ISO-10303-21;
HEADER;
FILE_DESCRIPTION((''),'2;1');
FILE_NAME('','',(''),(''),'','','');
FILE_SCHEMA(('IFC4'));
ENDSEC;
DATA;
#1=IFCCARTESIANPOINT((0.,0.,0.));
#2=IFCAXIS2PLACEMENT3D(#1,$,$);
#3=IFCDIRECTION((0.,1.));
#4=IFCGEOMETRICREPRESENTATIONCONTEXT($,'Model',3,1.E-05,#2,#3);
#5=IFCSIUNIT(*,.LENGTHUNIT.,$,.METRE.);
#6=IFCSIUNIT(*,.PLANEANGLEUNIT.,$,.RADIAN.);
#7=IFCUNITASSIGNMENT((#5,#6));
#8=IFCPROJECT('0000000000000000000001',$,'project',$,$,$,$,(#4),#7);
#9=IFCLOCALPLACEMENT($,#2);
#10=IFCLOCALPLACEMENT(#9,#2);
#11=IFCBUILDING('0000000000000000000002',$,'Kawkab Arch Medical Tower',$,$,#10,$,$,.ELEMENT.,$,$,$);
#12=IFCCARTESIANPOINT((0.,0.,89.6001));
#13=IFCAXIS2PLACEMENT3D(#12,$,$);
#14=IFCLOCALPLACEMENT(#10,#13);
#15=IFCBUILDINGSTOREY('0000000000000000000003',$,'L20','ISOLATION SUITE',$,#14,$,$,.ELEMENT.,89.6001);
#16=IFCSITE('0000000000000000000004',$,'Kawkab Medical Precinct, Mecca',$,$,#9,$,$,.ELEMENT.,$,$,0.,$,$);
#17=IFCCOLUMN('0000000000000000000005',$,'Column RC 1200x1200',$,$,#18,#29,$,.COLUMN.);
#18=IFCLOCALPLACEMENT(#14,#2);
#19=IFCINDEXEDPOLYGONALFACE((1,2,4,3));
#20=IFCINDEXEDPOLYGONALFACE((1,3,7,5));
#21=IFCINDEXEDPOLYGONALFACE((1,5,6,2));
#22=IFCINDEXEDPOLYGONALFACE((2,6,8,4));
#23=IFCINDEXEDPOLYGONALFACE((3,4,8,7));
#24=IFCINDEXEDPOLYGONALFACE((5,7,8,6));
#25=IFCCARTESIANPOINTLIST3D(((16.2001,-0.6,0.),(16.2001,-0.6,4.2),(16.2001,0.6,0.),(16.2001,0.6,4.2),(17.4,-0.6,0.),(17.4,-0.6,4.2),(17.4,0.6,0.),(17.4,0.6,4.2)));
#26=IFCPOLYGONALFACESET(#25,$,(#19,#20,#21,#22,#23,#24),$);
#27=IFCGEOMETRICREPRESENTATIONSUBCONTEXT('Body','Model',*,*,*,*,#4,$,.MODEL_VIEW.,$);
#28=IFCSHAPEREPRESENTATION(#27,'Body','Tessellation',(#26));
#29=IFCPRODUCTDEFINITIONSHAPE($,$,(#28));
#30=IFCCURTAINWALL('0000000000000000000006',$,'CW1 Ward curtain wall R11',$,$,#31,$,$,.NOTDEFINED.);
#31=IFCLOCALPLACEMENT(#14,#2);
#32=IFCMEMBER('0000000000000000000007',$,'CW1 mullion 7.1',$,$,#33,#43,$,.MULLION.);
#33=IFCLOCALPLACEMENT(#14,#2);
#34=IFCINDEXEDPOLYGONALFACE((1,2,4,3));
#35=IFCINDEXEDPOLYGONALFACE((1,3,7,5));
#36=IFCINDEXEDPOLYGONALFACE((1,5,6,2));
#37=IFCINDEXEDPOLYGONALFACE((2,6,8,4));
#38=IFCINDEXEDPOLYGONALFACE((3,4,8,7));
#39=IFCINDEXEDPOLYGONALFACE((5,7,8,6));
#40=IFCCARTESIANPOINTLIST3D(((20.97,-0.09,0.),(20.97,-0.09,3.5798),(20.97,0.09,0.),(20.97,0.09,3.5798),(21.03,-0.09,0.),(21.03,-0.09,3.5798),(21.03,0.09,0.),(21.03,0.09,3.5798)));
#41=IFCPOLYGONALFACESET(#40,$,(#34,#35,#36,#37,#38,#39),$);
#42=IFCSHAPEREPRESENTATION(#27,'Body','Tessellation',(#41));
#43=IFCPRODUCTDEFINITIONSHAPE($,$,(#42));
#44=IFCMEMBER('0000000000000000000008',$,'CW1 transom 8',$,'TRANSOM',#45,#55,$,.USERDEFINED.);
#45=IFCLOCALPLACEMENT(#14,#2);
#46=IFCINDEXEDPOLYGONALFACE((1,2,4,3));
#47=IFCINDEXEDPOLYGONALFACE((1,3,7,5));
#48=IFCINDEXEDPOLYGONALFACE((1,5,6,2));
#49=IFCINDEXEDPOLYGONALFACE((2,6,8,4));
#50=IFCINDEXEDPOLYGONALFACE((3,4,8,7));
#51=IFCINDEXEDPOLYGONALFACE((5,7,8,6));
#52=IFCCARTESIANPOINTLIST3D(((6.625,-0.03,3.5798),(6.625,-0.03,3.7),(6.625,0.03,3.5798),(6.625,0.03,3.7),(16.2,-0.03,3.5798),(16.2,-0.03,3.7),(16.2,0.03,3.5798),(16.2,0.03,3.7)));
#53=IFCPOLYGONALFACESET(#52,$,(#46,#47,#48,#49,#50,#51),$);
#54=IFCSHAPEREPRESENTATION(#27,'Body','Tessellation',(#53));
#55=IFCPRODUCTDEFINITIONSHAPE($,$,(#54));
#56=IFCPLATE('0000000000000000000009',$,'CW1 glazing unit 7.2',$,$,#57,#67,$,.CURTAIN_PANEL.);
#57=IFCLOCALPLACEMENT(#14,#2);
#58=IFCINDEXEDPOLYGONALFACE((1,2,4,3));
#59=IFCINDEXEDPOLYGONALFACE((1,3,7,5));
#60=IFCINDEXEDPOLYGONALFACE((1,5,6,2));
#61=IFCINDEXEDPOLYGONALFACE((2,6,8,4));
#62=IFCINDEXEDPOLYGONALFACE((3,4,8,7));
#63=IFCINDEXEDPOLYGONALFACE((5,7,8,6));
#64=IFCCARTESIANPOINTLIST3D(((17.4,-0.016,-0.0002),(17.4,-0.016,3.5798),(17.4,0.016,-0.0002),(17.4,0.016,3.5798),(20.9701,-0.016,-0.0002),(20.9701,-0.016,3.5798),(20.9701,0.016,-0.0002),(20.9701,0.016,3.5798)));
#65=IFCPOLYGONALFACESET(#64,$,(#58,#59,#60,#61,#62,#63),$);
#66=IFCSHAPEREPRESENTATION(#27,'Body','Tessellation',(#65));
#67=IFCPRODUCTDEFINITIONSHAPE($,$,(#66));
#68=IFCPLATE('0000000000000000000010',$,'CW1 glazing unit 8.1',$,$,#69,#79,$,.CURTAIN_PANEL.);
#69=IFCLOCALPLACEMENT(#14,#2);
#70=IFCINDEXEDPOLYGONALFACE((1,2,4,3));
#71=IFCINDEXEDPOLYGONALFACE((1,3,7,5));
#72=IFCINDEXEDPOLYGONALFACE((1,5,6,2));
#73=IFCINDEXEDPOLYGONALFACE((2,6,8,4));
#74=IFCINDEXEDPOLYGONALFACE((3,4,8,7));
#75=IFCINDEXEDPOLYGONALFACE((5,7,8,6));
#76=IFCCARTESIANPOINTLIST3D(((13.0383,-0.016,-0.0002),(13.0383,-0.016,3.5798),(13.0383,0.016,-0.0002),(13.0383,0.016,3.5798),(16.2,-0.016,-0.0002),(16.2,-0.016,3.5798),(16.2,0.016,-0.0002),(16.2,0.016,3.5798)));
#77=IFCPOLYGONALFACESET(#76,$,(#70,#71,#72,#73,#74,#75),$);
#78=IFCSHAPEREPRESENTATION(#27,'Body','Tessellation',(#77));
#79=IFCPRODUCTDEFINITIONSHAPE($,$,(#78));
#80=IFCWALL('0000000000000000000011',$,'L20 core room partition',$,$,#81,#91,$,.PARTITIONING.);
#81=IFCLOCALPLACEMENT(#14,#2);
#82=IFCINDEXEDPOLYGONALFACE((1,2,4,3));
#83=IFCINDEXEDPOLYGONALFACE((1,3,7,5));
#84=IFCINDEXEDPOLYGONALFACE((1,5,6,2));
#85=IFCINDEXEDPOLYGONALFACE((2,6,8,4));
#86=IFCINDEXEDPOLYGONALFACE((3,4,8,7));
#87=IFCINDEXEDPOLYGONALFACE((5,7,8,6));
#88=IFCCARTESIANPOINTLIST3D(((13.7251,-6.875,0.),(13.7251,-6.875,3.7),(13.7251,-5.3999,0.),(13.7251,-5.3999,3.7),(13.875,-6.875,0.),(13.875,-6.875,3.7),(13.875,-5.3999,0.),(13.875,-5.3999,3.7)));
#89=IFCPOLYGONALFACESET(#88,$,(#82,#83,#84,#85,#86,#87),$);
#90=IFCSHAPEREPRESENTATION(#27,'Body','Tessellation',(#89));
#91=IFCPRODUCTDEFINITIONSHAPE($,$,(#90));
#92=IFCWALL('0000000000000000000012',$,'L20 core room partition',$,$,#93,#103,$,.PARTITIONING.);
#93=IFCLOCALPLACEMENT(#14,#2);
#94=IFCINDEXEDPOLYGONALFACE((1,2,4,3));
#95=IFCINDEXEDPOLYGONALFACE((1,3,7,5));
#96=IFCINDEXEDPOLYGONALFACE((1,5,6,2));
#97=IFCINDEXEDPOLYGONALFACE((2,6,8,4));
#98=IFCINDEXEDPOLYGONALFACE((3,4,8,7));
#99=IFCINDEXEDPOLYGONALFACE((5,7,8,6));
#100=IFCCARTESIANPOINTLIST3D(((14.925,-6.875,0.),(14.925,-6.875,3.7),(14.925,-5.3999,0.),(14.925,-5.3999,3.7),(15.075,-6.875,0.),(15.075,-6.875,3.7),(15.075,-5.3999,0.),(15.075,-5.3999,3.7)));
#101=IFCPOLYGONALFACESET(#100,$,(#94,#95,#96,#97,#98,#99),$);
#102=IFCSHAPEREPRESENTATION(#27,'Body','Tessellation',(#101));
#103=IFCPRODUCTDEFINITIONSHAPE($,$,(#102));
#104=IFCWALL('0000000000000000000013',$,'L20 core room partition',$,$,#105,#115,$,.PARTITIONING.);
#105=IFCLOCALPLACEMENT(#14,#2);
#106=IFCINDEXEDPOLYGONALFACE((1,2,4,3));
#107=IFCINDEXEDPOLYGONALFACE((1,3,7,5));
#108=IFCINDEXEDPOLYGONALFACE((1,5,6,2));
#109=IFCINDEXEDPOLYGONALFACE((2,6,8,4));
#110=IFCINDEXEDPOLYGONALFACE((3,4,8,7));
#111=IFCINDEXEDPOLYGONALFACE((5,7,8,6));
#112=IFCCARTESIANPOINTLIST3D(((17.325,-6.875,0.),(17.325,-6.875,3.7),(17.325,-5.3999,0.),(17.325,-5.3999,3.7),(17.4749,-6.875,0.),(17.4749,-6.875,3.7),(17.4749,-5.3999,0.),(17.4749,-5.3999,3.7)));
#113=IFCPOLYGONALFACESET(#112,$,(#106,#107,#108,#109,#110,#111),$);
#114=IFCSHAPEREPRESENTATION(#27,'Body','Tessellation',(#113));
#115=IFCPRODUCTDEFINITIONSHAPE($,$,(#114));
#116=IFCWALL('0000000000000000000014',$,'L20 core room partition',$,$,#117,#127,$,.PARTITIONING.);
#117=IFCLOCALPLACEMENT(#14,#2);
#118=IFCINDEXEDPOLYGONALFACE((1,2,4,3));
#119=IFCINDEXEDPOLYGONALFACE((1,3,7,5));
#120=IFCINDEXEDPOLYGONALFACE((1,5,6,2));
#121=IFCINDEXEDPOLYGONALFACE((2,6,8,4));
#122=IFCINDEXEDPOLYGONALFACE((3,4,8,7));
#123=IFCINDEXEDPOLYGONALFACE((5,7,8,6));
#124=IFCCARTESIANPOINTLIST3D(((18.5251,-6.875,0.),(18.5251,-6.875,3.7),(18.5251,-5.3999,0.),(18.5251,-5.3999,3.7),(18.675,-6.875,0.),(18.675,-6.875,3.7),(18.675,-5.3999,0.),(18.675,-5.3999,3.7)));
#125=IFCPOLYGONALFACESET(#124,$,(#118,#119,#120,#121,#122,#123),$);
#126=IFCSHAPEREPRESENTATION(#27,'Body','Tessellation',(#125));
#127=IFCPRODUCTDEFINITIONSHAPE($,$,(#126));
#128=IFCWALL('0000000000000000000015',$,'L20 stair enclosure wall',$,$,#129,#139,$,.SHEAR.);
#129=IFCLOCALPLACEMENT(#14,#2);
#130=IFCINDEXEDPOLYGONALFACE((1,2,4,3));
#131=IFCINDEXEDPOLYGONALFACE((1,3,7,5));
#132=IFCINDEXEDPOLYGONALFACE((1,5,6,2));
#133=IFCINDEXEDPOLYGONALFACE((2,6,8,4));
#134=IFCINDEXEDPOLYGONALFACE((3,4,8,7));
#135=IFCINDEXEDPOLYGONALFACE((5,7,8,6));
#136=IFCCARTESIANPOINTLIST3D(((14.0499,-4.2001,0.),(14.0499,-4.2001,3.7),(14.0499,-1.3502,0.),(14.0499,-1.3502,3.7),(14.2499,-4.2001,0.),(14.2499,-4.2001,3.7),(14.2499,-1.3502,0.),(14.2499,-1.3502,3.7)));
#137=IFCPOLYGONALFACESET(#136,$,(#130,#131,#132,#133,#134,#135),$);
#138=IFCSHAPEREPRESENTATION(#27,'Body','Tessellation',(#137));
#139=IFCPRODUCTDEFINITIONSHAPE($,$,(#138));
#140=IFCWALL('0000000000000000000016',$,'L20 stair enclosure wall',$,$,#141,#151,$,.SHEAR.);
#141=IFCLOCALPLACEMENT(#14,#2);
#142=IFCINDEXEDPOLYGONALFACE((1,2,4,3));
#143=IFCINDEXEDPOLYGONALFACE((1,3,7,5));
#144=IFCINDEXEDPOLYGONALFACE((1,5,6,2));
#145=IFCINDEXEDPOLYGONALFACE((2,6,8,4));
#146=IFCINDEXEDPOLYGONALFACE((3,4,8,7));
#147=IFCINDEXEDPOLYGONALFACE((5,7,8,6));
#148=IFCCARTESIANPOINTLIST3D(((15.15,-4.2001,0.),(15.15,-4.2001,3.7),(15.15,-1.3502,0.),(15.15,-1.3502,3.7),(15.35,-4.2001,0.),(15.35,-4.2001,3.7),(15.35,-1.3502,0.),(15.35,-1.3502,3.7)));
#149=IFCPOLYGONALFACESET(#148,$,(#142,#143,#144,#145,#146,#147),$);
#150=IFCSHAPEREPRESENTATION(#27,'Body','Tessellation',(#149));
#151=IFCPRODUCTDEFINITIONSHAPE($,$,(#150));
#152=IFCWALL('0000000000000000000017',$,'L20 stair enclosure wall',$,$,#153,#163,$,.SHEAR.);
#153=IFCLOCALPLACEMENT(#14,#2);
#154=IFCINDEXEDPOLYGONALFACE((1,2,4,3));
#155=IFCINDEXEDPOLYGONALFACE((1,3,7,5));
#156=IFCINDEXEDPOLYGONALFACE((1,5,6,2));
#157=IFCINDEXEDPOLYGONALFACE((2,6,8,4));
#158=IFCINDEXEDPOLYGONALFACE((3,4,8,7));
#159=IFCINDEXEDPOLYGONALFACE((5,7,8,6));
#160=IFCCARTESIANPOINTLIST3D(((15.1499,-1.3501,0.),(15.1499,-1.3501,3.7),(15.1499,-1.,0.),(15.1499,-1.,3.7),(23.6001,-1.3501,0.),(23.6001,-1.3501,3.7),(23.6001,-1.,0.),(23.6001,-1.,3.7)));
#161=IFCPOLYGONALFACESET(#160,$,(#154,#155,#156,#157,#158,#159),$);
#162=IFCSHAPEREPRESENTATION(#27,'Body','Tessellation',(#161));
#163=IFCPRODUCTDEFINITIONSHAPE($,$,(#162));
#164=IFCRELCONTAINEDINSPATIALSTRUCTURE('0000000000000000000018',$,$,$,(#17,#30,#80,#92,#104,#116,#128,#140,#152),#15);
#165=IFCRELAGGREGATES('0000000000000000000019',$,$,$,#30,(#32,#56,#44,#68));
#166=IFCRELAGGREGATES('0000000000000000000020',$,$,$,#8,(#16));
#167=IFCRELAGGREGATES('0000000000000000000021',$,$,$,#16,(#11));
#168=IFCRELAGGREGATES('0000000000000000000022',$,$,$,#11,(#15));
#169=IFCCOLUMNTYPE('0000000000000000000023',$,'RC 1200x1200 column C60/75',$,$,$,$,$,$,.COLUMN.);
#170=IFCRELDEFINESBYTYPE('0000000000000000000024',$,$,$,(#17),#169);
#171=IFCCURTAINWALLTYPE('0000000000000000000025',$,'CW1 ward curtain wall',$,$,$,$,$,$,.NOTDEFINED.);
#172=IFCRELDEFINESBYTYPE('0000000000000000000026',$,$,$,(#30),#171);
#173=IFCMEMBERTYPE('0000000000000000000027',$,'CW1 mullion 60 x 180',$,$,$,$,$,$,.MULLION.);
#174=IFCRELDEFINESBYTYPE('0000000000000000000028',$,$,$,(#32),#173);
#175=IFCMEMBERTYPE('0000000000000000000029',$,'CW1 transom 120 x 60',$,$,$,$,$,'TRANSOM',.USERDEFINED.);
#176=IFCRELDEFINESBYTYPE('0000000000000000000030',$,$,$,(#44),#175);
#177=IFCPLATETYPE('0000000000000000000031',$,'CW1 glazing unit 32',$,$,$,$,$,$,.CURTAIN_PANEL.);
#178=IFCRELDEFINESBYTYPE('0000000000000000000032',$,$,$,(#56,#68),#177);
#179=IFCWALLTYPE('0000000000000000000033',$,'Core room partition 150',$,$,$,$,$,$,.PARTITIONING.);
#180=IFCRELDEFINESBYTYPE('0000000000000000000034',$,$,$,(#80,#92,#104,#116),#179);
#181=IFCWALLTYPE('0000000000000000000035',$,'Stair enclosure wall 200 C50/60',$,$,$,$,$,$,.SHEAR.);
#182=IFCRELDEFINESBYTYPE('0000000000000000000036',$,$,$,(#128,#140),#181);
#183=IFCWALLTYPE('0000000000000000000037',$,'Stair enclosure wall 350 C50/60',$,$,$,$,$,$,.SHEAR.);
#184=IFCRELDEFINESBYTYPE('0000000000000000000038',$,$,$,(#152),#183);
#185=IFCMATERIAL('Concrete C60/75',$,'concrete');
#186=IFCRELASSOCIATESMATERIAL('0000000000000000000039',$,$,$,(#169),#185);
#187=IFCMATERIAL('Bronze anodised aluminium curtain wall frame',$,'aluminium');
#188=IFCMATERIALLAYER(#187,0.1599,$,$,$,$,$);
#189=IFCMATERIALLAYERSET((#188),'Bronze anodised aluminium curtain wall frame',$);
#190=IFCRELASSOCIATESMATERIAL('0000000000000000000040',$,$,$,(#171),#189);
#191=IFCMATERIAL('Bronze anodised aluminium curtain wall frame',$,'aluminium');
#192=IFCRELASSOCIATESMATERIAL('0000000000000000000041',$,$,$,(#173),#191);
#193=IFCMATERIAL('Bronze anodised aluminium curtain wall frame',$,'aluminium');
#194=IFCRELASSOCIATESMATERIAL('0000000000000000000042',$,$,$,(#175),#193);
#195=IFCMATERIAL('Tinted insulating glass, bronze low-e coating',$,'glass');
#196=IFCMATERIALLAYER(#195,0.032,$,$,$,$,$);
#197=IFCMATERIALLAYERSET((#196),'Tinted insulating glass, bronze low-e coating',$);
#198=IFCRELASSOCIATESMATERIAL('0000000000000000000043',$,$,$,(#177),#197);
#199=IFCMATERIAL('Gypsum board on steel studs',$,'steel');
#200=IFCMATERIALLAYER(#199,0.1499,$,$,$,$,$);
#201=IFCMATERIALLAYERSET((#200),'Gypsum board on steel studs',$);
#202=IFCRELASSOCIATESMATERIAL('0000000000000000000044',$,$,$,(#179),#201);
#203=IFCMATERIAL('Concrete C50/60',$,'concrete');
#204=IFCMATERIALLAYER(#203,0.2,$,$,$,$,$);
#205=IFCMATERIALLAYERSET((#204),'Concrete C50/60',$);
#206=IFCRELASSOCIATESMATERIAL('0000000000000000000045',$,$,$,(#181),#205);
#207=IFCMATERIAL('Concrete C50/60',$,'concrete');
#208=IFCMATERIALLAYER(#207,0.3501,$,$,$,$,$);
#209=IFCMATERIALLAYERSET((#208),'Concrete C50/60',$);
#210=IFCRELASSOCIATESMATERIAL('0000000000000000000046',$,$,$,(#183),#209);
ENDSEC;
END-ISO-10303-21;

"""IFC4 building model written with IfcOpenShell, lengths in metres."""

from ifc_helpers import new_model, si_unit, direction, frame, frame_2d, origin, origin_2d, place, context, subcontext, project, spatial, rectangle, extrude, material, layer, layer_set, material_profile, profile_set, type_object, element, aggregate, save


model = new_model("IFC4")

# Units and contexts
model_context = context("Model", 3, precision=1e-05, world=origin(), true_north=direction((0.0, 1.0)))
body_context = subcontext(model_context, "Body", "Model", "MODEL_VIEW")
ifc_project = project(units=[si_unit("LENGTHUNIT", "METRE"), si_unit("PLANEANGLEUNIT", "RADIAN")], contexts=[model_context])

# Site, building, storey
site_placement = place(None, origin())
site = spatial("IfcSite", under=ifc_project, at=site_placement, Name="Kawkab Medical Precinct, Mecca", CompositionType="ELEMENT", RefElevation=0.0)
building_placement = place(site_placement, origin())
building = spatial("IfcBuilding", under=site, at=building_placement, Name="Kawkab Arch Medical Tower", CompositionType="ELEMENT")
storey_placement = place(building_placement, frame((0.0, 0.0, 89.6001)))
storey = spatial("IfcBuildingStorey", under=building, at=storey_placement, Name="L20", Description="ISOLATION SUITE", CompositionType="ELEMENT", Elevation=89.6001)

# Column
ifc_material_1 = material(Name="Concrete C60/75", Category="concrete")
ifc_material_profile_1 = material_profile(ifc_material_1, rectangle(XDim=1.2, YDim=1.2, at=origin_2d()), Name="RC 1200x1200")
ifc_profile_set_1 = profile_set([ifc_material_profile_1], Name="Concrete C60/75")
column_type = type_object("IfcColumnType", Name="RC 1200x1200 column C60/75", PredefinedType="COLUMN", material=ifc_profile_set_1)
column_placement = place(storey_placement, frame((16.8, 0.0, 0.0), z_axis=(0.0, 0.0, 1.0), x_axis=(1.0, 0.0, 0.0)))
element("IfcColumn", 1, at=column_placement, inside=storey, type_object=column_type, Name="Column RC 1200x1200", PredefinedType="COLUMN", context=body_context, shape_type="SweptSolid", body=[
    extrude(rectangle(XDim=1.2, YDim=1.2, at=origin_2d()), origin(), (0.0, 0.0, 1.0), 4.2),
])

# Curtain wall, members, plates
ifc_material_2 = material(Name="Bronze anodised aluminium curtain wall frame", Category="aluminium")
ifc_layer_1 = layer(ifc_material_2, 0.1599)
ifc_layer_set_1 = layer_set([ifc_layer_1], Name="Bronze anodised aluminium curtain wall frame")
curtain_wall_type = type_object("IfcCurtainWallType", Name="CW1 ward curtain wall", PredefinedType="NOTDEFINED", material=ifc_layer_set_1)
placement = place(storey_placement, origin())
curtain_wall = element("IfcCurtainWall", 2, at=placement, inside=storey, type_object=curtain_wall_type, Name="CW1 Ward curtain wall R11", PredefinedType="NOTDEFINED")
ifc_material_3 = material(Name="Bronze anodised aluminium curtain wall frame", Category="aluminium")
ifc_material_profile_2 = material_profile(ifc_material_3, rectangle(XDim=0.1799, YDim=0.0601, at=origin_2d()), Name="AL 60x180")
ifc_profile_set_2 = profile_set([ifc_material_profile_2], Name="Bronze anodised aluminium curtain wall frame")
member_type_1 = type_object("IfcMemberType", Name="CW1 mullion 60 x 180", PredefinedType="MULLION", material=ifc_profile_set_2)
member_1_placement = place(storey_placement, frame((21.0, 0.0, 0.0), z_axis=(0.0, 0.0, 1.0), x_axis=(0.0, -1.0, 0.0)))
member_1 = element("IfcMember", 3, at=member_1_placement, type_object=member_type_1, Name="CW1 mullion 7.1", PredefinedType="MULLION", context=body_context, shape_type="SweptSolid", body=[
    extrude(rectangle(XDim=0.1799, YDim=0.0601, at=origin_2d()), origin(), (0.0, 0.0, 1.0), 3.5798),
])
ifc_material_4 = material(Name="Bronze anodised aluminium curtain wall frame", Category="aluminium")
ifc_material_profile_3 = material_profile(ifc_material_4, rectangle(XDim=0.0601, YDim=0.1201, at=origin_2d()), Name="AL 60x120")
ifc_profile_set_3 = profile_set([ifc_material_profile_3], Name="Bronze anodised aluminium curtain wall frame")
member_type_2 = type_object("IfcMemberType", Name="CW1 transom 120 x 60", ElementType="TRANSOM", PredefinedType="USERDEFINED", material=ifc_profile_set_3)
member_2_placement = place(storey_placement, frame((16.2, 0.0, 3.6399), z_axis=(-1.0, 0.0, 0.0), x_axis=(0.0, -1.0, 0.0)))
member_2 = element("IfcMember", 4, at=member_2_placement, type_object=member_type_2, Name="CW1 transom 8", ObjectType="TRANSOM", PredefinedType="USERDEFINED", context=body_context, shape_type="SweptSolid", body=[
    extrude(rectangle(XDim=0.0601, YDim=0.1201, at=origin_2d()), origin(), (0.0, 0.0, 1.0), 9.575),
])
ifc_material_5 = material(Name="Tinted insulating glass, bronze low-e coating", Category="glass")
ifc_layer_2 = layer(ifc_material_5, 0.032)
ifc_layer_set_2 = layer_set([ifc_layer_2], Name="Tinted insulating glass, bronze low-e coating")
plate_type = type_object("IfcPlateType", Name="CW1 glazing unit 32", PredefinedType="CURTAIN_PANEL", material=ifc_layer_set_2)
plate_1_placement = place(storey_placement, frame((19.1851, 0.0, -0.0002), z_axis=(0.0, 0.0, 1.0), x_axis=(-1.0, 0.0, 0.0)))
plate_1 = element("IfcPlate", 5, at=plate_1_placement, type_object=plate_type, Name="CW1 glazing unit 7.2", PredefinedType="CURTAIN_PANEL", context=body_context, shape_type="SweptSolid", body=[
    extrude(rectangle(XDim=3.5701, YDim=0.032, at=origin_2d()), origin(), (0.0, 0.0, 1.0), 3.5801),
])
plate_2_placement = place(storey_placement, frame((14.6191, 0.0, -0.0002), z_axis=(0.0, 0.0, 1.0), x_axis=(-1.0, 0.0, 0.0)))
plate_2 = element("IfcPlate", 6, at=plate_2_placement, type_object=plate_type, Name="CW1 glazing unit 8.1", PredefinedType="CURTAIN_PANEL", context=body_context, shape_type="SweptSolid", body=[
    extrude(rectangle(XDim=3.1616, YDim=0.032, at=origin_2d()), origin(), (0.0, 0.0, 1.0), 3.5801),
])
aggregate(curtain_wall, [member_1, plate_1, member_2, plate_2])

# Walls
ifc_material_6 = material(Name="Gypsum board on steel studs", Category="steel")
ifc_layer_3 = layer(ifc_material_6, 0.1499)
ifc_layer_set_3 = layer_set([ifc_layer_3], Name="Gypsum board on steel studs")
wall_type_1 = type_object("IfcWallType", Name="Core room partition 150", PredefinedType="PARTITIONING", material=ifc_layer_set_3)
for number, where, z_axis, x_axis, name in (
    (7, (13.8, -6.875, 0.0), (0.0, 0.0, 1.0), (0.0, 1.0, 0.0), "L20 core room partition"),
    (8, (15.0, -6.875, 0.0), (0.0, 0.0, 1.0), (0.0, 1.0, 0.0), "L20 core room partition"),
    (9, (17.3999, -6.875, 0.0), (0.0, 0.0, 1.0), (0.0, 1.0, 0.0), "L20 core room partition"),
    (10, (18.6001, -6.875, 0.0), (0.0, 0.0, 1.0), (0.0, 1.0, 0.0), "L20 core room partition"),
):
    element("IfcWall", number, at=place(storey_placement, frame(where, z_axis=z_axis, x_axis=x_axis)), inside=storey, type_object=wall_type_1, Name=name, PredefinedType="PARTITIONING", context=body_context, shape_type="SweptSolid", body=[
        extrude(rectangle(XDim=1.4751, YDim=0.1499, at=frame_2d((0.7375, 0.0))), origin(), (0.0, 0.0, 1.0), 3.7),
    ])
ifc_material_7 = material(Name="Concrete C50/60", Category="concrete")
ifc_layer_4 = layer(ifc_material_7, 0.2)
ifc_layer_set_4 = layer_set([ifc_layer_4], Name="Concrete C50/60")
wall_type_2 = type_object("IfcWallType", Name="Stair enclosure wall 200 C50/60", PredefinedType="SHEAR", material=ifc_layer_set_4)
for number, where, z_axis, x_axis, name in (
    (11, (14.1499, -4.2, 0.0), (0.0, 0.0, 1.0), (0.0, 1.0, 0.0), "L20 stair enclosure wall"),
    (12, (15.25, -4.2, 0.0), (0.0, 0.0, 1.0), (0.0, 1.0, 0.0), "L20 stair enclosure wall"),
):
    element("IfcWall", number, at=place(storey_placement, frame(where, z_axis=z_axis, x_axis=x_axis)), inside=storey, type_object=wall_type_2, Name=name, PredefinedType="SHEAR", context=body_context, shape_type="SweptSolid", body=[
        extrude(rectangle(XDim=2.8499, YDim=0.2, at=frame_2d((1.4248, 0.0))), origin(), (0.0, 0.0, 1.0), 3.7),
    ])
ifc_material_8 = material(Name="Concrete C50/60", Category="concrete")
ifc_layer_5 = layer(ifc_material_8, 0.3501)
ifc_layer_set_5 = layer_set([ifc_layer_5], Name="Concrete C50/60")
wall_type_3 = type_object("IfcWallType", Name="Stair enclosure wall 350 C50/60", PredefinedType="SHEAR", material=ifc_layer_set_5)
wall_placement = place(storey_placement, frame((15.1499, -1.175, 0.0), z_axis=(0.0, 0.0, 1.0), x_axis=(1.0, 0.0, 0.0)))
element("IfcWall", 13, at=wall_placement, inside=storey, type_object=wall_type_3, Name="L20 stair enclosure wall", PredefinedType="SHEAR", context=body_context, shape_type="SweptSolid", body=[
    extrude(rectangle(XDim=8.4502, YDim=0.3501, at=frame_2d((4.2251, 0.0))), origin(), (0.0, 0.0, 1.0), 3.7),
])

save(model, "model.ifc")
